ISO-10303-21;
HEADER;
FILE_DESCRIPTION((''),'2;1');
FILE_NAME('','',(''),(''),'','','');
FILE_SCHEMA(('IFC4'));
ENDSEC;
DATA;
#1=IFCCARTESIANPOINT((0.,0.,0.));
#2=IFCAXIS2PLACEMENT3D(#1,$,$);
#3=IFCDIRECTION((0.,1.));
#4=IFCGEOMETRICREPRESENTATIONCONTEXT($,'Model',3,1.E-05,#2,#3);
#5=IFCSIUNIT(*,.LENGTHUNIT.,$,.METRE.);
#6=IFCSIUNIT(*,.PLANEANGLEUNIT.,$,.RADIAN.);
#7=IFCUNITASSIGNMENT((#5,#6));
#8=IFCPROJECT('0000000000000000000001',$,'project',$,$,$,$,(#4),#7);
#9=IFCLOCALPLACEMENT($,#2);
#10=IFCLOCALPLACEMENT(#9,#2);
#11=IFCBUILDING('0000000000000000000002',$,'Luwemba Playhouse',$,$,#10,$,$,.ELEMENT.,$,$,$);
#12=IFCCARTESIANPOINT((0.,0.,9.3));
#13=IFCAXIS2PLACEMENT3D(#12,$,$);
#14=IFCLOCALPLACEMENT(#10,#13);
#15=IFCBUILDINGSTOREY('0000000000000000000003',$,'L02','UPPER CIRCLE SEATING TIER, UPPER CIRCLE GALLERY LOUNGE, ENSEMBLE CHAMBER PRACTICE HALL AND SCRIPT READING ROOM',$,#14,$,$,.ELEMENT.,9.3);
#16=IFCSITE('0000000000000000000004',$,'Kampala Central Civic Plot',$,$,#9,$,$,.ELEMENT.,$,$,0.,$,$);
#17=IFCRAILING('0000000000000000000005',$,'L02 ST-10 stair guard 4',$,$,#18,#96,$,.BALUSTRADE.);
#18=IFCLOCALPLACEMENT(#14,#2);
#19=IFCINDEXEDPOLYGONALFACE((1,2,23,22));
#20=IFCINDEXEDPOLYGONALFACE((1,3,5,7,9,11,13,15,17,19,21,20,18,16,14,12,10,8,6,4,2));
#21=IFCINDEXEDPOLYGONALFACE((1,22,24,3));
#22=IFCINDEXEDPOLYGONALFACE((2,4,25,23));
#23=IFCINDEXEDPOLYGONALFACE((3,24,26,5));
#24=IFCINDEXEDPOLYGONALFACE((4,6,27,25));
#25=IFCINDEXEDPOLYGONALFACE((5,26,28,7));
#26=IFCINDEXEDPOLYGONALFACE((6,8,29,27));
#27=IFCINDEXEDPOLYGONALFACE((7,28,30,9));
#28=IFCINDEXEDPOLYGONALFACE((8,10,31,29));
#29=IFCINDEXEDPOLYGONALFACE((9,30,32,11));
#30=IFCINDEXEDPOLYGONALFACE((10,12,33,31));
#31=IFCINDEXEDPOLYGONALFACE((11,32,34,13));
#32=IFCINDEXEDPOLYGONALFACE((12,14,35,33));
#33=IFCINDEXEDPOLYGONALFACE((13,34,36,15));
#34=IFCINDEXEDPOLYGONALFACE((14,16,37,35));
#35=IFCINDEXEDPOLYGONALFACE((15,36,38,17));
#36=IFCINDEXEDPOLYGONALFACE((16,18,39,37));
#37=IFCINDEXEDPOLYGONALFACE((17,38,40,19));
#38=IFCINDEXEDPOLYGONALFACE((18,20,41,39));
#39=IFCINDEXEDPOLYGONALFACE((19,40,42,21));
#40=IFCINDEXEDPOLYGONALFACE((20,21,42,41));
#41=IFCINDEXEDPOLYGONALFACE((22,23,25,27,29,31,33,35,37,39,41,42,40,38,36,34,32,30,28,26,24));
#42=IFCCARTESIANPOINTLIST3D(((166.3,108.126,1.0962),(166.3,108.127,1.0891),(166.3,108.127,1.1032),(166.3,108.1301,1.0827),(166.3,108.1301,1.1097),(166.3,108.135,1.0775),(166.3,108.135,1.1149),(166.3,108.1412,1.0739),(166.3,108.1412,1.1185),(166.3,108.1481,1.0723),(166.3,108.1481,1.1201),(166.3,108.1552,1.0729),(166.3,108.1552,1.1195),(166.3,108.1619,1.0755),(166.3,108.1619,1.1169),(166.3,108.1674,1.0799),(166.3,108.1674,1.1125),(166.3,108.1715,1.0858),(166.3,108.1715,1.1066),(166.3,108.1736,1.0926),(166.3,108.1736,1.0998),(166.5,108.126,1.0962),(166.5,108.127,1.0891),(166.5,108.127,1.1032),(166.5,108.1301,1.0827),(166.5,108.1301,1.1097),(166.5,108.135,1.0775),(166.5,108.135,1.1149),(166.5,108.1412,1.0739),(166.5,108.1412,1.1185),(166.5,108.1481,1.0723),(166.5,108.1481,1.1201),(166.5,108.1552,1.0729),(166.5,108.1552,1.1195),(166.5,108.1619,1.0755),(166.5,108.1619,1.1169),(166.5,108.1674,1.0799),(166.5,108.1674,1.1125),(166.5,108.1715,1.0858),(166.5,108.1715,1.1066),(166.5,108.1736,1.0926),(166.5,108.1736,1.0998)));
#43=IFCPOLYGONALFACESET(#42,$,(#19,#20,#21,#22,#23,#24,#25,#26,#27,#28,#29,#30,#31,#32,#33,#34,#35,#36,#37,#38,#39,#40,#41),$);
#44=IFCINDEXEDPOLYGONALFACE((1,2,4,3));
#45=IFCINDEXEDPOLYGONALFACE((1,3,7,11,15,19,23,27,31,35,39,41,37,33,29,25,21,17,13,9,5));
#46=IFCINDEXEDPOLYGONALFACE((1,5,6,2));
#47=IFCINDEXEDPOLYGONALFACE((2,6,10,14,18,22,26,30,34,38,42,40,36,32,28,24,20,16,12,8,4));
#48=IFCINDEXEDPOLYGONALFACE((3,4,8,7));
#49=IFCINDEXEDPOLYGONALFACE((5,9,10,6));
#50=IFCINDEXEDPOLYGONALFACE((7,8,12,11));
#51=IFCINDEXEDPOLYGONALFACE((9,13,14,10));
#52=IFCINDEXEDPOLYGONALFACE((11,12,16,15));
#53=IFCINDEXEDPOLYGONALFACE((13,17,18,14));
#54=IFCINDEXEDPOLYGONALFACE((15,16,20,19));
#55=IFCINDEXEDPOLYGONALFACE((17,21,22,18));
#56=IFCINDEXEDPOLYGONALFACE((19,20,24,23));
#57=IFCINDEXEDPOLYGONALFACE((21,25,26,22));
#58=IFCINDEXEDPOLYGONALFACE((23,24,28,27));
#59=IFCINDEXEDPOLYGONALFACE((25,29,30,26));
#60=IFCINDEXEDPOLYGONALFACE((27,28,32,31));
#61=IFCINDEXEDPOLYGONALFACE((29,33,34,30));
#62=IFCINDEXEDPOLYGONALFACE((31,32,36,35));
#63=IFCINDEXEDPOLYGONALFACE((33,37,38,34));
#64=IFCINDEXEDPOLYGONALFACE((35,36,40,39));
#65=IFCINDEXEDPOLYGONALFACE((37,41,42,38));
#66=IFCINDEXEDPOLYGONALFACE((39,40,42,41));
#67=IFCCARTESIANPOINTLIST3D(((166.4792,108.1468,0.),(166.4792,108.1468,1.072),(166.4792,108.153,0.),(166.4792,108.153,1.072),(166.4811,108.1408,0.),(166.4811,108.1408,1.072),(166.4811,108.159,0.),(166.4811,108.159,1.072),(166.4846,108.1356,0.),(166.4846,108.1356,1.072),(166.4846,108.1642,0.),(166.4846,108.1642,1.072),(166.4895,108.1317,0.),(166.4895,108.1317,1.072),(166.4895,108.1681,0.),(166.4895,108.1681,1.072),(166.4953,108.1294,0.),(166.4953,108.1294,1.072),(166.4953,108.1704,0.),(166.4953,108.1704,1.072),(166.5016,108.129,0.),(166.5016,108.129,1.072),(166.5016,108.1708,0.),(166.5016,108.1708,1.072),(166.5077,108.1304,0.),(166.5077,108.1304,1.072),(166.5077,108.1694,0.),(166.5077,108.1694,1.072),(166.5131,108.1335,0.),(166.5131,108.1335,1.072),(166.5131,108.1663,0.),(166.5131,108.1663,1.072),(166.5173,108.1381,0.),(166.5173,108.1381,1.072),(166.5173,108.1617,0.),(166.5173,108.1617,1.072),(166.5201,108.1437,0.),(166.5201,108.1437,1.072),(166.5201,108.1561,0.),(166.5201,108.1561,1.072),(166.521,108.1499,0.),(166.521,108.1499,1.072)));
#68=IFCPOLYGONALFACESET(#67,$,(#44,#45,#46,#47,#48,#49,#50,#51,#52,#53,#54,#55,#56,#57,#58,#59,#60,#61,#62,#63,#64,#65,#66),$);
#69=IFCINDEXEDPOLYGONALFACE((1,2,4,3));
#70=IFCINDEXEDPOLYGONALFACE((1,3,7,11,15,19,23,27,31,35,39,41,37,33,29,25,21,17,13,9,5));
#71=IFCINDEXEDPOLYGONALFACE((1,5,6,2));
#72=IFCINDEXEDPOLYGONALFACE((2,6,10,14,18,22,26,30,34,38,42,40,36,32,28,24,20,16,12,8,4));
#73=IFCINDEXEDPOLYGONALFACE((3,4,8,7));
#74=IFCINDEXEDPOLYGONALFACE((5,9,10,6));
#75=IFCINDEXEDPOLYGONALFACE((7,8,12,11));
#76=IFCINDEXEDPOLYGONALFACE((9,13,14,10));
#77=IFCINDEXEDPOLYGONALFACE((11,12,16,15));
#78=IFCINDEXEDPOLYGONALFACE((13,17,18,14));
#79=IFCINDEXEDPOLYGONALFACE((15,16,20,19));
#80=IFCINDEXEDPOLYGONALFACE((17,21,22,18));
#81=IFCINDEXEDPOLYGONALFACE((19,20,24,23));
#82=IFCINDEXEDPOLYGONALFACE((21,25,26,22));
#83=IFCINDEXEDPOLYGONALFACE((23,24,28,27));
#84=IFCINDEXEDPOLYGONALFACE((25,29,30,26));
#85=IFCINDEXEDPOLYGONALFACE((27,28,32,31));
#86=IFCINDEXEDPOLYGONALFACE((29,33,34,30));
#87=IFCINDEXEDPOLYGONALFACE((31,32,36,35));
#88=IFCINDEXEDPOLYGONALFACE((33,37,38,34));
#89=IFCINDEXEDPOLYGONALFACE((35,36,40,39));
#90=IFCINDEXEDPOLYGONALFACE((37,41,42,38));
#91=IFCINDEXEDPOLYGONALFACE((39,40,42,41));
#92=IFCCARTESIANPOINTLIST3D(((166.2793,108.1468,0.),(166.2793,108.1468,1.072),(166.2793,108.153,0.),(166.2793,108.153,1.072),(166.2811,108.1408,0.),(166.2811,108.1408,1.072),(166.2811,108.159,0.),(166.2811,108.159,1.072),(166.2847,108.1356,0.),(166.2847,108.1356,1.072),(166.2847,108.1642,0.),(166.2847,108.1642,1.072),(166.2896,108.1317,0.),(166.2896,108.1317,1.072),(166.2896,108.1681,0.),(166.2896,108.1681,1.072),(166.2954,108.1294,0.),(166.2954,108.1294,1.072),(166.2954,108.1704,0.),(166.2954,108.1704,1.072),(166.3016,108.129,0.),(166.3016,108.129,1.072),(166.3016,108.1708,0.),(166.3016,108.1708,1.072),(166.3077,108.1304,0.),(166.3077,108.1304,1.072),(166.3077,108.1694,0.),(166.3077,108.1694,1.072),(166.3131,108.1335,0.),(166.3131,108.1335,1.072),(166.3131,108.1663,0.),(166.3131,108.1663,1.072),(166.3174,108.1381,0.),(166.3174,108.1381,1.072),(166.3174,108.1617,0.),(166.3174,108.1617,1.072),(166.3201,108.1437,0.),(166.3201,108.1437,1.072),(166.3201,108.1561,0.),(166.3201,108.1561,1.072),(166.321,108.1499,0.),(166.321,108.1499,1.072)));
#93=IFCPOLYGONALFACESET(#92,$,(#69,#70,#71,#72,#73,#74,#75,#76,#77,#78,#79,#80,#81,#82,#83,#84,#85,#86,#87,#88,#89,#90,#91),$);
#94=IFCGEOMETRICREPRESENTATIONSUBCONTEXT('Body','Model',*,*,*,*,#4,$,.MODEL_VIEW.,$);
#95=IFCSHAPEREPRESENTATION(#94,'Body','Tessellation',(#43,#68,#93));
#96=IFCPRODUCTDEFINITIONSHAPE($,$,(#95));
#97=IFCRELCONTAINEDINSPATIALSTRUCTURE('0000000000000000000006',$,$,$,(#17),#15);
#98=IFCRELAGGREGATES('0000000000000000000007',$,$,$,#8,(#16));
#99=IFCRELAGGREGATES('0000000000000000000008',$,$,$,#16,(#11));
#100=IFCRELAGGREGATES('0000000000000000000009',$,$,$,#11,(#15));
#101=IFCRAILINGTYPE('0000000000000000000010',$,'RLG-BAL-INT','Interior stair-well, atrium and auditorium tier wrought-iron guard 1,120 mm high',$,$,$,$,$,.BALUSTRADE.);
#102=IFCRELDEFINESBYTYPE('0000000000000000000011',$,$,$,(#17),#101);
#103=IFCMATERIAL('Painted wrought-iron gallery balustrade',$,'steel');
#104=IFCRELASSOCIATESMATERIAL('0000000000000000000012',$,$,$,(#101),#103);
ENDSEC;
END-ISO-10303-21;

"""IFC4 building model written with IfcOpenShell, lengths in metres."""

from ifc_helpers import new_model, si_unit, direction, frame, origin, origin_2d, place, context, subcontext, project, spatial, circle, extrude, material, type_object, element, save


model = new_model("IFC4")

# Units and contexts
model_context = context("Model", 3, precision=1e-05, world=origin(), true_north=direction((0.0, 1.0)))
body_context = subcontext(model_context, "Body", "Model", "MODEL_VIEW")
ifc_project = project(units=[si_unit("LENGTHUNIT", "METRE"), si_unit("PLANEANGLEUNIT", "RADIAN")], contexts=[model_context])

# Site, building, storey
site_placement = place(None, origin())
site = spatial("IfcSite", under=ifc_project, at=site_placement, Name="Kampala Central Civic Plot", CompositionType="ELEMENT", RefElevation=0.0)
building_placement = place(site_placement, origin())
building = spatial("IfcBuilding", under=site, at=building_placement, Name="Luwemba Playhouse", CompositionType="ELEMENT")
storey_placement = place(building_placement, frame((0.0, 0.0, 9.3)))
storey = spatial("IfcBuildingStorey", under=building, at=storey_placement, Name="L02", Description="UPPER CIRCLE SEATING TIER, UPPER CIRCLE GALLERY LOUNGE, ENSEMBLE CHAMBER PRACTICE HALL AND SCRIPT READING ROOM", CompositionType="ELEMENT", Elevation=9.3)

# Railing
ifc_material_1 = material(Name="Painted wrought-iron gallery balustrade", Category="steel")
railing_type_1 = type_object("IfcRailingType", Name="RLG-BAL-INT", Description="Interior stair-well, atrium and auditorium tier wrought-iron guard 1,120 mm high", PredefinedType="BALUSTRADE", material=ifc_material_1)
railing_1_placement = place(storey_placement, frame((166.5, 108.1499, 0.0)))
element("IfcRailing", 1, at=railing_1_placement, inside=storey, type_object=railing_type_1, Name="L02 ST-10 stair guard 4", PredefinedType="BALUSTRADE", context=body_context, shape_type="SweptSolid", body=[
    extrude(circle(Radius=0.0239, at=origin_2d()), frame((0.0, 0.0, 1.0962), z_axis=(-1.0, 0.0, 0.0), x_axis=(0.0, -1.0, 0.0)), (0.0, 0.0, 1.0), 0.2),
    extrude(circle(Radius=0.021, at=origin_2d()), origin(), (0.0, 0.0, 1.0), 1.072),
    extrude(circle(Radius=0.021, at=origin_2d()), frame((-0.2, 0.0, 0.0)), (0.0, 0.0, 1.0), 1.072),
])

save(model, "model.ifc")
